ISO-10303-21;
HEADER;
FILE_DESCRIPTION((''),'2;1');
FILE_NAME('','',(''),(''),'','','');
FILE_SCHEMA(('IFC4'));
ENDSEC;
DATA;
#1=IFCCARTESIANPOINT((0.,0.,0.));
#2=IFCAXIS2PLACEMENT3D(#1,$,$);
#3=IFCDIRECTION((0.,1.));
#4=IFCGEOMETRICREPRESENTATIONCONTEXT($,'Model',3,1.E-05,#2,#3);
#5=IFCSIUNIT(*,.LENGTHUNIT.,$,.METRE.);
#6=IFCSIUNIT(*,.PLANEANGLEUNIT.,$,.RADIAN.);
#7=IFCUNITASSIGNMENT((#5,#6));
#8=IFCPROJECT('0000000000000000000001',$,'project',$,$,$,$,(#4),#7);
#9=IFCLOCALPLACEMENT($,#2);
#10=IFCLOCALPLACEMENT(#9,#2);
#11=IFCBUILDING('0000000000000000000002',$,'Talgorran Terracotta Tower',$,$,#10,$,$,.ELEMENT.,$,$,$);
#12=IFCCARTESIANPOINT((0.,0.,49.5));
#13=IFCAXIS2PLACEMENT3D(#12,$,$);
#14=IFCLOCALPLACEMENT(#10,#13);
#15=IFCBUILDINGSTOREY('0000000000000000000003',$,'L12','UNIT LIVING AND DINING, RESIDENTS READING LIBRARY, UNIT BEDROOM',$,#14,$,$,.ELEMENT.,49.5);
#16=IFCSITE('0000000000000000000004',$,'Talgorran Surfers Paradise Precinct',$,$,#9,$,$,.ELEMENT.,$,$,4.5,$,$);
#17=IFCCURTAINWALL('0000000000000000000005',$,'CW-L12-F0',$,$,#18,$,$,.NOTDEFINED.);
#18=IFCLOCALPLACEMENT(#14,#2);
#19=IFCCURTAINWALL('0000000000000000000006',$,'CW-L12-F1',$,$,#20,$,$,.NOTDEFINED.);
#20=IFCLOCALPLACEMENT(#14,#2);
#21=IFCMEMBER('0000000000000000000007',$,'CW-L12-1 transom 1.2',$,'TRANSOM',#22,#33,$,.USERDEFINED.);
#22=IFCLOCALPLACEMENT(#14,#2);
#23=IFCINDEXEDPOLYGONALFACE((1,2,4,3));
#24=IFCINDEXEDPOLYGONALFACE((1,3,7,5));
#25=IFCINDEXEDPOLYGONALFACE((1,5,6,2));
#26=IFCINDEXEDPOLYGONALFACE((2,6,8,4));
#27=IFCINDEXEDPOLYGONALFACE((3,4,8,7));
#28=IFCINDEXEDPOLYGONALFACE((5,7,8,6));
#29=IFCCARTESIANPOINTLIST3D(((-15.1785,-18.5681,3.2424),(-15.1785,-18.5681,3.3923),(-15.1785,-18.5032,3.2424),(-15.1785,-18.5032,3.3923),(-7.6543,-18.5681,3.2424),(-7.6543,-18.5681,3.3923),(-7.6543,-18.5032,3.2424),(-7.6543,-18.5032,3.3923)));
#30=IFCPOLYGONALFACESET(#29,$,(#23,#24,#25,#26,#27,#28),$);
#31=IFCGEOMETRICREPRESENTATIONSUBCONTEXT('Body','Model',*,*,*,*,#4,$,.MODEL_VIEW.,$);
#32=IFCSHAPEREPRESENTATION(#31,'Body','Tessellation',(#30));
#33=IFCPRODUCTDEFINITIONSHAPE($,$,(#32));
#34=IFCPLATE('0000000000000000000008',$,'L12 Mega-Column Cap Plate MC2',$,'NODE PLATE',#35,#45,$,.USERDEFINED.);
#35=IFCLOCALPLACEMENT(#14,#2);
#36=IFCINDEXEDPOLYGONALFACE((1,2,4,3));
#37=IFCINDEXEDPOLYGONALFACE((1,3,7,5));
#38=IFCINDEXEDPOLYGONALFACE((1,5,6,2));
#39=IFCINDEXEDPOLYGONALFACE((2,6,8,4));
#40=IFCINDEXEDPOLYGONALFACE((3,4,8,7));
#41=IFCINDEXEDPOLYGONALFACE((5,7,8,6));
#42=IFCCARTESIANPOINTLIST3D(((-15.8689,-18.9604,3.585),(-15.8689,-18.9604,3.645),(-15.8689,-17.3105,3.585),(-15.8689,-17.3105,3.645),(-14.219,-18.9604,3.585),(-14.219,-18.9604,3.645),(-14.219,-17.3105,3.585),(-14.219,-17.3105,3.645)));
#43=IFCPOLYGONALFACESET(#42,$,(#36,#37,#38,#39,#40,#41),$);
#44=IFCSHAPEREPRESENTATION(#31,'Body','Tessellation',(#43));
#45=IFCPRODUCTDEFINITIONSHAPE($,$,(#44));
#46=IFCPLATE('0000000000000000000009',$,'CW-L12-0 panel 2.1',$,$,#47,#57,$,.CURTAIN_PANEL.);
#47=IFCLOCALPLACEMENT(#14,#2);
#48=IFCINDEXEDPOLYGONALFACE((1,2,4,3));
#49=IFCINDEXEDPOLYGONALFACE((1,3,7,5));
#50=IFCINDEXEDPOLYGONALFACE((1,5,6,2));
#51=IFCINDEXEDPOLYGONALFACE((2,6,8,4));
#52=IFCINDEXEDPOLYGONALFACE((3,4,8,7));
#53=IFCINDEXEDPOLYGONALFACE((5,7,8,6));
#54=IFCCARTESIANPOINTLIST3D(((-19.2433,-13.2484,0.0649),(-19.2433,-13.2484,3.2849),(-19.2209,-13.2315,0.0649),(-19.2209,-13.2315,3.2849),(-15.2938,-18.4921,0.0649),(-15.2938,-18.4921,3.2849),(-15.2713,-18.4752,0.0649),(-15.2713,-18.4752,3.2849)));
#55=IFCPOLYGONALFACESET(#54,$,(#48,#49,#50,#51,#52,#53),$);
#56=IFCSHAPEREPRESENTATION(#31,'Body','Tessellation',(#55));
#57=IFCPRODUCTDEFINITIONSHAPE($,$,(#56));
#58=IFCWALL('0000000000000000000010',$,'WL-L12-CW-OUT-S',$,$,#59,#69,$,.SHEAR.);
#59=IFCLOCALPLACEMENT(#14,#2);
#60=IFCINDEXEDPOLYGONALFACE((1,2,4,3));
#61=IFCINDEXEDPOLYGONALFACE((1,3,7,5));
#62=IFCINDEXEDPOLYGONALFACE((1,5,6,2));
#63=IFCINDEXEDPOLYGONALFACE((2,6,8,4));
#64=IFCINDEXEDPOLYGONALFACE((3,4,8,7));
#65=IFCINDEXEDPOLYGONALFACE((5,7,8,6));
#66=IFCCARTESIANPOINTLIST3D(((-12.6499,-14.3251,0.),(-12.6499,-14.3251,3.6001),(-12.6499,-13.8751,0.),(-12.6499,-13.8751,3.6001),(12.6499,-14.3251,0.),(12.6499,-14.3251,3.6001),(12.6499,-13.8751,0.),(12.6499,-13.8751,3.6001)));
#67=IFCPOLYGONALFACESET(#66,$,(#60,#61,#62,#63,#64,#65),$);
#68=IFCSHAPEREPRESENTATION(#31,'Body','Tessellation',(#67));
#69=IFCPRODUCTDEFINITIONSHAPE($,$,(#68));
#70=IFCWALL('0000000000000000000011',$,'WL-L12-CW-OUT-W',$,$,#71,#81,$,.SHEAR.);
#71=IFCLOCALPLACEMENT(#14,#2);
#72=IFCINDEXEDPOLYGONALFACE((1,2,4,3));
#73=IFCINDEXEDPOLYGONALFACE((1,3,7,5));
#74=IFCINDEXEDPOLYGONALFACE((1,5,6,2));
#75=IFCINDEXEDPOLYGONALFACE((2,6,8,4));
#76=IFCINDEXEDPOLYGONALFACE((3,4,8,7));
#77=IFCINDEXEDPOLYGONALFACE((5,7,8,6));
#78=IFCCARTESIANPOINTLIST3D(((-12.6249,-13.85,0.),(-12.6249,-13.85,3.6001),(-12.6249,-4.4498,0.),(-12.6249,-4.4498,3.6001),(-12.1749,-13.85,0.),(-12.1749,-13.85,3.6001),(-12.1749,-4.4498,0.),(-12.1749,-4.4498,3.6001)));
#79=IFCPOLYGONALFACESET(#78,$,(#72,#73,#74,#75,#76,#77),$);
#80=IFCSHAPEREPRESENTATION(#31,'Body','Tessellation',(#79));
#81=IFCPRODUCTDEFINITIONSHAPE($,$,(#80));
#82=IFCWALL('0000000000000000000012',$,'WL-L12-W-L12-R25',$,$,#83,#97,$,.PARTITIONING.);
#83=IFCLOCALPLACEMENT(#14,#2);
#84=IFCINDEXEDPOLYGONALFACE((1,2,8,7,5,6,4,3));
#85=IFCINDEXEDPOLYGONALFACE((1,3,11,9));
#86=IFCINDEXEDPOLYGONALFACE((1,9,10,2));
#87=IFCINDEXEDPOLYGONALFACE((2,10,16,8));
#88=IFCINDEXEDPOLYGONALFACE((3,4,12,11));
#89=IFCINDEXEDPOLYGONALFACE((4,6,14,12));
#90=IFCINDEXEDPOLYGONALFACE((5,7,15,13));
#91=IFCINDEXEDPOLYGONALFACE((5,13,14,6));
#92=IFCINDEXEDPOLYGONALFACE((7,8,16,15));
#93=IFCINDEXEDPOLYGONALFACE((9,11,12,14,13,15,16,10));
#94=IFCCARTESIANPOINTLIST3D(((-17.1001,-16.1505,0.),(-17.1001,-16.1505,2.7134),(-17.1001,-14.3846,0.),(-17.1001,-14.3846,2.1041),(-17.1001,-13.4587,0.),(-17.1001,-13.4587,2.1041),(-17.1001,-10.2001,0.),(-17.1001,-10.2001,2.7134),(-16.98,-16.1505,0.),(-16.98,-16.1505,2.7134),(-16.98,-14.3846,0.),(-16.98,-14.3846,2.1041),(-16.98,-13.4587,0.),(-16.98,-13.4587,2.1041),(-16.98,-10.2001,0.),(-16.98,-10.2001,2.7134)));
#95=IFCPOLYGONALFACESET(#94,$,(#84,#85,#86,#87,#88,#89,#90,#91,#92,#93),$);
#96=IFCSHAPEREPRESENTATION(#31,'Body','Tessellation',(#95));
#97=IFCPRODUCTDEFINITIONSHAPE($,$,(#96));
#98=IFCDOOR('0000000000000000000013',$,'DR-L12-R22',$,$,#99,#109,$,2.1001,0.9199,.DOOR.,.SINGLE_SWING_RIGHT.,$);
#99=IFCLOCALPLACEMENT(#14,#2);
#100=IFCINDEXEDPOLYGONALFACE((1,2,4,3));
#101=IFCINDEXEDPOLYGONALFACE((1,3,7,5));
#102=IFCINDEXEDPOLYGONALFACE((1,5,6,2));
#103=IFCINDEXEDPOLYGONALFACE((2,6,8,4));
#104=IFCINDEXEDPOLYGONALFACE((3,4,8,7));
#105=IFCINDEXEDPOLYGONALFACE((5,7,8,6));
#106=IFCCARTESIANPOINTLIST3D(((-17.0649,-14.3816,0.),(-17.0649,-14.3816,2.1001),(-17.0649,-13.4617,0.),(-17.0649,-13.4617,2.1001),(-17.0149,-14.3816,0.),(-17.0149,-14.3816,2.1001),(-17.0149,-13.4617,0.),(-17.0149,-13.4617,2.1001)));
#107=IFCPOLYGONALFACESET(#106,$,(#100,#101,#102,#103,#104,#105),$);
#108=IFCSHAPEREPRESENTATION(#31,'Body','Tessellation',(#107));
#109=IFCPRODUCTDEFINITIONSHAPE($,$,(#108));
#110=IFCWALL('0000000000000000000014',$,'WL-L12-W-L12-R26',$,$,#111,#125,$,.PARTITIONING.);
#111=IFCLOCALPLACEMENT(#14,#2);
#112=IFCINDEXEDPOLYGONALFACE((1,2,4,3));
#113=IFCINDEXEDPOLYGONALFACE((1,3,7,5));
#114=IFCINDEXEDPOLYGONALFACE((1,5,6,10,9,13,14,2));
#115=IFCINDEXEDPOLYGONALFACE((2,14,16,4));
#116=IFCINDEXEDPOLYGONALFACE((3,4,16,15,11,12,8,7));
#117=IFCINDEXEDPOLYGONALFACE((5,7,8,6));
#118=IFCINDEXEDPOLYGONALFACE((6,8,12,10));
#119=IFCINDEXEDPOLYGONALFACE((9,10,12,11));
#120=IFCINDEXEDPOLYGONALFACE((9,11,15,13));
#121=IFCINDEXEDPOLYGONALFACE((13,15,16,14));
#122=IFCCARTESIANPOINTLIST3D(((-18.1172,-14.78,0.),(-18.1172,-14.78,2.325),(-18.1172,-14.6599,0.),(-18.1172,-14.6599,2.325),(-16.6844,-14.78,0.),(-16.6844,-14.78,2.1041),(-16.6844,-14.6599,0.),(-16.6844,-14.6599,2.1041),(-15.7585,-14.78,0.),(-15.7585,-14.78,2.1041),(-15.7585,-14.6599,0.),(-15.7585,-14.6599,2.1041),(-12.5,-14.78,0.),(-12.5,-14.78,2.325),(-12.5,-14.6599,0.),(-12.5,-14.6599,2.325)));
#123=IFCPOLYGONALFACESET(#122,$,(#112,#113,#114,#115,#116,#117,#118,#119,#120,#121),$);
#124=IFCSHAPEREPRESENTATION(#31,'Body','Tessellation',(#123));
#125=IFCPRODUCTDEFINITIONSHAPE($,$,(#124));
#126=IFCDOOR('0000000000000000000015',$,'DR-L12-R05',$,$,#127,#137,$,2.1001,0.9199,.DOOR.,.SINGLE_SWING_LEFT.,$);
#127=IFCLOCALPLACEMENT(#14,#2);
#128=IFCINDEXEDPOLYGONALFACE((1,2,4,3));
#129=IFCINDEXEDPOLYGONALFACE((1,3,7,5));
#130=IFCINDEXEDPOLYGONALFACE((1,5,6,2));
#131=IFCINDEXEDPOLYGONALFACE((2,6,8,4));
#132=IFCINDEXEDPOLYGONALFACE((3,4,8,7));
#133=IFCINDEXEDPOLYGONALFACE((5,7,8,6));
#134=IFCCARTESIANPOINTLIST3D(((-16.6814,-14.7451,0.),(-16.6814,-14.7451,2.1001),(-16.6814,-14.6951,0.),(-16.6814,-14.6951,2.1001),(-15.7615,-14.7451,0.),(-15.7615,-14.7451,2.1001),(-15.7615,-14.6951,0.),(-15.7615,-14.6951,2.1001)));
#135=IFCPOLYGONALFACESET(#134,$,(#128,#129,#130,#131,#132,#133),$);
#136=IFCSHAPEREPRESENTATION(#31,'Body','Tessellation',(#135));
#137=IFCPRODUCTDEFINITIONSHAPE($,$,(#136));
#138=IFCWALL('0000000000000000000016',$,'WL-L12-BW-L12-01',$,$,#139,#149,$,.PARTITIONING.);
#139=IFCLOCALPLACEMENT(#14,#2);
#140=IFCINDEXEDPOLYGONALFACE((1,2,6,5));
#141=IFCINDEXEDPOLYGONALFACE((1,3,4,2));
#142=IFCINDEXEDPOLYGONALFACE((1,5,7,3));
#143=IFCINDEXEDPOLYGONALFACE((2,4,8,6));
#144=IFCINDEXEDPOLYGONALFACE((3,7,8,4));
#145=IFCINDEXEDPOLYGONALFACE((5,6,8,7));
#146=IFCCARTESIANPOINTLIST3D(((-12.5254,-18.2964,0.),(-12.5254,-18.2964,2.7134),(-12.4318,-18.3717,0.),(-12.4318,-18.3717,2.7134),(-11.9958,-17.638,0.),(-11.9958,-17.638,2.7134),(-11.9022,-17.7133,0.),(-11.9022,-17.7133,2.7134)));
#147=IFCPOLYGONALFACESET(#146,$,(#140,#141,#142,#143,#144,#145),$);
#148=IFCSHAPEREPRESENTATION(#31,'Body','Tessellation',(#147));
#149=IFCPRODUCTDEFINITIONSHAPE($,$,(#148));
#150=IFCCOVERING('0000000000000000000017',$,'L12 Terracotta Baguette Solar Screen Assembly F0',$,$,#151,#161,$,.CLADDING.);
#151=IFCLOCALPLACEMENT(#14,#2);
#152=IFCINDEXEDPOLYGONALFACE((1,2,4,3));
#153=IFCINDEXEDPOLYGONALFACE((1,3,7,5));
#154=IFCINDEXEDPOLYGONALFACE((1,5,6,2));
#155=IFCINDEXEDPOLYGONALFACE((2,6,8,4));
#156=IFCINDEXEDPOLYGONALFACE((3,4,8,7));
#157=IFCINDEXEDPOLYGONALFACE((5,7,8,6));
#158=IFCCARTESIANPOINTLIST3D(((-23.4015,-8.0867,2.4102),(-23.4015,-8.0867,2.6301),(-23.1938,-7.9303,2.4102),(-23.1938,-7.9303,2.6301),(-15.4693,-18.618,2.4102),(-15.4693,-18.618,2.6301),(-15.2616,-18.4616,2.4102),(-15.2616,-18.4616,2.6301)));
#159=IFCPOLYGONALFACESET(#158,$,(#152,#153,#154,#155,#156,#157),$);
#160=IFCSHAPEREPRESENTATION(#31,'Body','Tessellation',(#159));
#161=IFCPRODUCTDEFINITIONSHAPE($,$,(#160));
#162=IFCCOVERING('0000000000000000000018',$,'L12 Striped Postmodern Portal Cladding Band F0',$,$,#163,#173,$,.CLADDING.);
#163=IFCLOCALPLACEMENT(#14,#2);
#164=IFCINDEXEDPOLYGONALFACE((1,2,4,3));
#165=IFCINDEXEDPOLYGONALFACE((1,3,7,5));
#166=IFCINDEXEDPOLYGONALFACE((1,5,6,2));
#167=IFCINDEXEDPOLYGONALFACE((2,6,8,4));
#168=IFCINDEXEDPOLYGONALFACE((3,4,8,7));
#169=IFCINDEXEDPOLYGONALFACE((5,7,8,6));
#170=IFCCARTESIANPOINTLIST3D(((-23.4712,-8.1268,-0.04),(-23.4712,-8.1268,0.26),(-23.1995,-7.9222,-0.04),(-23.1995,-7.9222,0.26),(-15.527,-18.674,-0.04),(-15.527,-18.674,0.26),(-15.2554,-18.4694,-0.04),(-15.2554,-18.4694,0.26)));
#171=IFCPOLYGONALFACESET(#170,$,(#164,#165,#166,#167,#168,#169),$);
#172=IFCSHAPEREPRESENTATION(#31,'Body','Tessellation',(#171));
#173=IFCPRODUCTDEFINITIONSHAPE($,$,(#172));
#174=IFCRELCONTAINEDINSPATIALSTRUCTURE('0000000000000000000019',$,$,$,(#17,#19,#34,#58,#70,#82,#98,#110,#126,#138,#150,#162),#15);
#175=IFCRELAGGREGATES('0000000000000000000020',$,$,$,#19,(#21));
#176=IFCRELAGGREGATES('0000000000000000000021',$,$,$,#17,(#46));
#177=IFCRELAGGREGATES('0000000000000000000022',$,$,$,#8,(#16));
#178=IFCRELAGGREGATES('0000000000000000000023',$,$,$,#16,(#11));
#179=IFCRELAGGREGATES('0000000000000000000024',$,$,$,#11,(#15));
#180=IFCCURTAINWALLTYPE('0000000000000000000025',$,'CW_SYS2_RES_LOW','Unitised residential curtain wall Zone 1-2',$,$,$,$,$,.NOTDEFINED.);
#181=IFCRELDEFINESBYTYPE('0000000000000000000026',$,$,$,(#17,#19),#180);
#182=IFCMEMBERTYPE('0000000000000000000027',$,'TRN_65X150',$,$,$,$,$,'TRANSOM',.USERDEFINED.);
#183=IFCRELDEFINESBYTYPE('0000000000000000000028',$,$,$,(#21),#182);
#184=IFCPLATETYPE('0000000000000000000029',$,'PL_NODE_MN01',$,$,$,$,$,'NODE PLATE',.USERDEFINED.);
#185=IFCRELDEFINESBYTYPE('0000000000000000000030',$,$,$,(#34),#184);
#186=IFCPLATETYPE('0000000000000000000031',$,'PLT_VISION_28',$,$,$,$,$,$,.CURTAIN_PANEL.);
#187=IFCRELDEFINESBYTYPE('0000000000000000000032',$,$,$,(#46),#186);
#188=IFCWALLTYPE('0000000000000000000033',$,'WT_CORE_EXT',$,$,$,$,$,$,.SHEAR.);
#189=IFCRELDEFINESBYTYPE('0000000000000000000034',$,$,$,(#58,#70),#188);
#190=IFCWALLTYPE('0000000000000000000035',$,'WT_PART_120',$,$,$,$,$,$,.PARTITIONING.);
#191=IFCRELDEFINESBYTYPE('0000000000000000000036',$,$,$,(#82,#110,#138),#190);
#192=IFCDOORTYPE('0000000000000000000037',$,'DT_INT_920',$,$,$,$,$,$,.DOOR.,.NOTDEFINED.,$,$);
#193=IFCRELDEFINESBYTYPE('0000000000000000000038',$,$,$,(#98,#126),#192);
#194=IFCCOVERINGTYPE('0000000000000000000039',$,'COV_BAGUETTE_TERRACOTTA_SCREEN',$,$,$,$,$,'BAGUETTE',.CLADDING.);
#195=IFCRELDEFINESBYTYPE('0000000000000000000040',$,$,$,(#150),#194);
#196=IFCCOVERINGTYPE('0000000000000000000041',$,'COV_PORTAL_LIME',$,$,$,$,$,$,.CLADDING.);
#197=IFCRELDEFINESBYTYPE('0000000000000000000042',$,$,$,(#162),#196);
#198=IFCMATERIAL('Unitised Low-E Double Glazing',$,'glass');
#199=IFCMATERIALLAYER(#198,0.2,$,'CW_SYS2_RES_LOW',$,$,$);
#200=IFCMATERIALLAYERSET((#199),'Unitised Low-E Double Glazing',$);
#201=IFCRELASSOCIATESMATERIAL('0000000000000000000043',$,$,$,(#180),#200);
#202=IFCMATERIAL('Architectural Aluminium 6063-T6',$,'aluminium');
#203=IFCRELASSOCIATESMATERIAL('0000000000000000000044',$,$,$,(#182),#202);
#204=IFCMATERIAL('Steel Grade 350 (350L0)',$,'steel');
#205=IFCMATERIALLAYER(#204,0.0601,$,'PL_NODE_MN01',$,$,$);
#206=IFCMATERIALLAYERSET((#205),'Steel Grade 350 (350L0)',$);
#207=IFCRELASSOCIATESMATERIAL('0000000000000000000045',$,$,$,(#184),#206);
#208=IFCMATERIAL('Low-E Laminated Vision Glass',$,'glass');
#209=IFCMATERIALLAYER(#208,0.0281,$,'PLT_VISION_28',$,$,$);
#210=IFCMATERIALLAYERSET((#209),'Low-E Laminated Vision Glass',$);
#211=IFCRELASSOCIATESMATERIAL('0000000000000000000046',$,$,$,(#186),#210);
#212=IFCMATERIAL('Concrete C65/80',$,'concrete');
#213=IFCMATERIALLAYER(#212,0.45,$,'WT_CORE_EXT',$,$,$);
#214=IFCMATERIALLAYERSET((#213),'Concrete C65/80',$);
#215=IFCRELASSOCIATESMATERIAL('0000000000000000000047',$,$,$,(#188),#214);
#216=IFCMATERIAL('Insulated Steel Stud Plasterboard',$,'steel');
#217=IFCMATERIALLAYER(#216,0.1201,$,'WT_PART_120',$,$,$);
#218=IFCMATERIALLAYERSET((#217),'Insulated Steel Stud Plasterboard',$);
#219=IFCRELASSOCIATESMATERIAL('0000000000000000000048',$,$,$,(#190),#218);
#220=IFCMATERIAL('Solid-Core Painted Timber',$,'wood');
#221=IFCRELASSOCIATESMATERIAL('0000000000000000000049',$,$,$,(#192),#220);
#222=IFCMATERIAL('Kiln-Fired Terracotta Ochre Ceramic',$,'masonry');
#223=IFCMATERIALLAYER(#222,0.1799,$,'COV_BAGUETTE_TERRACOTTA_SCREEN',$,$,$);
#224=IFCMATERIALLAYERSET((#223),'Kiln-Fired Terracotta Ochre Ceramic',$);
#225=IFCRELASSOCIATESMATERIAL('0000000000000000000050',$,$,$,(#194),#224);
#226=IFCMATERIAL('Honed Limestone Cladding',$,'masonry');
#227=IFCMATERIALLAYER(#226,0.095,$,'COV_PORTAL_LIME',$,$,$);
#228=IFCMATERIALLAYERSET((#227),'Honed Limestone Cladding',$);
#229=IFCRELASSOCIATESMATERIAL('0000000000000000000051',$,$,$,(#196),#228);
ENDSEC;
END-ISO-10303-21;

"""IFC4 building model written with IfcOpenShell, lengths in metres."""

from ifc_helpers import new_model, si_unit, direction, frame, frame_2d, origin, origin_2d, place, context, subcontext, project, spatial, rectangle, extrude, source, transform, mapped, material, layer, layer_set, material_profile, profile_set, type_object, type_shapes, element, fill, aggregate, save


model = new_model("IFC4")

# Units and contexts
model_context = context("Model", 3, precision=1e-05, world=origin(), true_north=direction((0.0, 1.0)))
body_context = subcontext(model_context, "Body", "Model", "MODEL_VIEW")
ifc_project = project(units=[si_unit("LENGTHUNIT", "METRE"), si_unit("PLANEANGLEUNIT", "RADIAN")], contexts=[model_context])

# Site, building, storey
site_placement = place(None, origin())
site = spatial("IfcSite", under=ifc_project, at=site_placement, Name="Talgorran Surfers Paradise Precinct", CompositionType="ELEMENT", RefElevation=4.5)
building_placement = place(site_placement, origin())
building = spatial("IfcBuilding", under=site, at=building_placement, Name="Talgorran Terracotta Tower", CompositionType="ELEMENT")
storey_placement = place(building_placement, frame((0.0, 0.0, 49.5)))
storey = spatial("IfcBuildingStorey", under=building, at=storey_placement, Name="L12", Description="UNIT LIVING AND DINING, RESIDENTS READING LIBRARY, UNIT BEDROOM", CompositionType="ELEMENT", Elevation=49.5)

# Shared definitions
ifc_material_1 = material(Name="Steel Grade 350 (350L0)", Category="steel")

# Curtain walls
ifc_material_2 = material(Name="Unitised Low-E Double Glazing", Category="glass")
ifc_layer_1 = layer(ifc_material_2, 0.2, Name="CW_SYS2_RES_LOW")
ifc_layer_set_1 = layer_set([ifc_layer_1], Name="Unitised Low-E Double Glazing")
curtain_wall_type = type_object("IfcCurtainWallType", Name="CW_SYS2_RES_LOW", Description="Unitised residential curtain wall Zone 1-2", PredefinedType="NOTDEFINED", material=ifc_layer_set_1)
curtain_wall_1_placement = place(storey_placement, origin())
curtain_wall_1 = element("IfcCurtainWall", 1, at=curtain_wall_1_placement, inside=storey, type_object=curtain_wall_type, Name="CW-L12-F0", PredefinedType="NOTDEFINED")
ifc_material_3 = material(Name="Architectural Aluminium 6063-T6", Category="aluminium")
curtain_wall_2_placement = place(storey_placement, origin())
curtain_wall_2 = element("IfcCurtainWall", 2, at=curtain_wall_2_placement, inside=storey, type_object=curtain_wall_type, Name="CW-L12-F1", PredefinedType="NOTDEFINED")

# Member
ifc_material_profile_1 = material_profile(ifc_material_3, rectangle(XDim=0.0649, YDim=0.1499, at=origin_2d()), Name="CWT65X150")
ifc_profile_set_1 = profile_set([ifc_material_profile_1], Name="Architectural Aluminium 6063-T6")
member_type_1 = type_object("IfcMemberType", Name="TRN_65X150", ElementType="TRANSOM", PredefinedType="USERDEFINED", material=ifc_profile_set_1)
member_1_placement = place(storey_placement, frame((-15.1785, -18.5356, 3.3174), z_axis=(1.0, 0.0, 0.0), x_axis=(0.0, 1.0, 0.0)))
member_1 = element("IfcMember", 3, at=member_1_placement, type_object=member_type_1, Name="CW-L12-1 transom 1.2", ObjectType="TRANSOM", PredefinedType="USERDEFINED", context=body_context, shape_type="SweptSolid", body=[
    extrude(rectangle(XDim=0.0649, YDim=0.1499, at=origin_2d()), origin(), (0.0, 0.0, 1.0), 7.5242),
])
aggregate(curtain_wall_2, [member_1])

# Plates
ifc_layer_2 = layer(ifc_material_1, 0.0601, Name="PL_NODE_MN01")
ifc_layer_set_2 = layer_set([ifc_layer_2], Name="Steel Grade 350 (350L0)")
plate_type_1 = type_object("IfcPlateType", Name="PL_NODE_MN01", ElementType="NODE PLATE", PredefinedType="USERDEFINED", material=ifc_layer_set_2)
plate_1_placement = place(storey_placement, frame((-15.0439, -18.1355, 3.585), z_axis=(0.0, 0.0, 1.0), x_axis=(1.0, 0.0, 0.0)))
element("IfcPlate", 4, at=plate_1_placement, inside=storey, type_object=plate_type_1, Name="L12 Mega-Column Cap Plate MC2", ObjectType="NODE PLATE", PredefinedType="USERDEFINED", context=body_context, shape_type="SweptSolid", body=[
    extrude(rectangle(XDim=1.6499, YDim=1.6499, at=origin_2d()), origin(), (0.0, 0.0, 1.0), 0.0601),
])
ifc_material_4 = material(Name="Low-E Laminated Vision Glass", Category="glass")
ifc_layer_3 = layer(ifc_material_4, 0.0281, Name="PLT_VISION_28")
ifc_layer_set_3 = layer_set([ifc_layer_3], Name="Low-E Laminated Vision Glass")
plate_type_2 = type_object("IfcPlateType", Name="PLT_VISION_28", PredefinedType="CURTAIN_PANEL", material=ifc_layer_set_3)
shared_shape = source(origin(), body_context, "Body", "SweptSolid", [
    extrude(rectangle(XDim=6.5647, YDim=0.0281, at=origin_2d()), origin(), (0.0, 0.0, 1.0), 3.22),
])
type_shapes(plate_type_2, [shared_shape])
plate_2_placement = place(storey_placement, frame((-17.2573, -15.8618, 0.0649), z_axis=(0.0, 0.0, 1.0), x_axis=(0.601632, -0.798774, 0.0)))
plate_2 = element("IfcPlate", 5, at=plate_2_placement, type_object=plate_type_2, Name="CW-L12-0 panel 2.1", PredefinedType="CURTAIN_PANEL", context=body_context, shape_type="MappedRepresentation", body=[
    mapped(shared_shape, transform((0.0, 0.0, 0.0), scale=1.0)),
])
aggregate(curtain_wall_1, [plate_2])

# Walls
ifc_material_5 = material(Name="Concrete C65/80", Category="concrete")
ifc_layer_4 = layer(ifc_material_5, 0.45, Name="WT_CORE_EXT")
ifc_layer_set_4 = layer_set([ifc_layer_4], Name="Concrete C65/80")
wall_type_1 = type_object("IfcWallType", Name="WT_CORE_EXT", PredefinedType="SHEAR", material=ifc_layer_set_4)
wall_1_placement = place(storey_placement, frame((-12.6499, -14.1001, 0.0), z_axis=(0.0, 0.0, 1.0), x_axis=(1.0, 0.0, 0.0)))
element("IfcWall", 6, at=wall_1_placement, inside=storey, type_object=wall_type_1, Name="WL-L12-CW-OUT-S", PredefinedType="SHEAR", context=body_context, shape_type="SweptSolid", body=[
    extrude(rectangle(XDim=25.2998, YDim=0.45, at=frame_2d((12.6499, 0.0))), origin(), (0.0, 0.0, 1.0), 3.6001),
])
wall_2_placement = place(storey_placement, frame((-12.3999, -13.8501, 0.0), z_axis=(0.0, 0.0, 1.0), x_axis=(0.0, 1.0, 0.0)))
element("IfcWall", 7, at=wall_2_placement, inside=storey, type_object=wall_type_1, Name="WL-L12-CW-OUT-W", PredefinedType="SHEAR", context=body_context, shape_type="SweptSolid", body=[
    extrude(rectangle(XDim=9.4001, YDim=0.45, at=frame_2d((4.7002, 0.0))), origin(), (0.0, 0.0, 1.0), 3.6001),
])

# Walls, openings, doors
ifc_material_6 = material(Name="Insulated Steel Stud Plasterboard", Category="steel")
ifc_layer_5 = layer(ifc_material_6, 0.1201, Name="WT_PART_120")
ifc_layer_set_5 = layer_set([ifc_layer_5], Name="Insulated Steel Stud Plasterboard")
wall_type_2 = type_object("IfcWallType", Name="WT_PART_120", PredefinedType="PARTITIONING", material=ifc_layer_set_5)
wall_3_placement = place(storey_placement, frame((-17.04, -16.1504, 0.0), z_axis=(0.0, 0.0, 1.0), x_axis=(0.0, 1.0, 0.0)))
wall_3 = element("IfcWall", 8, at=wall_3_placement, inside=storey, type_object=wall_type_2, Name="WL-L12-W-L12-R25", PredefinedType="PARTITIONING", context=body_context, shape_type="SweptSolid", body=[
    extrude(rectangle(XDim=5.9504, YDim=0.1201, at=frame_2d((2.9751, 0.0))), origin(), (0.0, 0.0, 1.0), 2.7134),
])
opening_1_placement = place(wall_3_placement, frame((1.7688, 0.0, 0.0)))
opening_1 = element("IfcOpeningElement", 9, at=opening_1_placement, cuts=wall_3, PredefinedType="OPENING", context=body_context, shape_type="SweptSolid", body=[
    extrude(rectangle(XDim=0.9259, YDim=2.1041, at=frame_2d((0.46, 1.052))), frame((0.0, 0.0701, 0.0), z_axis=(0.0, -1.0, 0.0), x_axis=(1.0, 0.0, 0.0)), (0.0, 0.0, 1.0), 0.1401),
])
ifc_material_7 = material(Name="Solid-Core Painted Timber", Category="wood")
door_type = type_object("IfcDoorType", Name="DT_INT_920", OperationType="NOTDEFINED", PredefinedType="DOOR", material=ifc_material_7)
door_1_placement = place(opening_1_placement, origin())
door_1 = element("IfcDoor", 10, at=door_1_placement, inside=storey, type_object=door_type, Name="DR-L12-R22", OperationType="SINGLE_SWING_RIGHT", OverallHeight=2.1001, OverallWidth=0.9199, PredefinedType="DOOR", context=body_context, shape_type="SweptSolid", body=[
    extrude(rectangle(XDim=0.9199, YDim=2.1001, at=frame_2d((0.46, 1.05))), frame((0.0, 0.0249, 0.0), z_axis=(0.0, -1.0, 0.0), x_axis=(1.0, 0.0, 0.0)), (0.0, 0.0, 1.0), 0.05),
])
fill(opening_1, door_1)
wall_4_placement = place(storey_placement, frame((-18.1172, -14.72, 0.0), z_axis=(0.0, 0.0, 1.0), x_axis=(1.0, 0.0, 0.0)))
wall_4 = element("IfcWall", 11, at=wall_4_placement, inside=storey, type_object=wall_type_2, Name="WL-L12-W-L12-R26", PredefinedType="PARTITIONING", context=body_context, shape_type="SweptSolid", body=[
    extrude(rectangle(XDim=5.6172, YDim=0.1201, at=frame_2d((2.8086, 0.0))), origin(), (0.0, 0.0, 1.0), 2.325),
])
opening_2_placement = place(wall_4_placement, frame((1.4358, 0.0, 0.0)))
opening_2 = element("IfcOpeningElement", 12, at=opening_2_placement, cuts=wall_4, PredefinedType="OPENING", context=body_context, shape_type="SweptSolid", body=[
    extrude(rectangle(XDim=0.9259, YDim=2.1041, at=frame_2d((0.46, 1.052))), frame((0.0, 0.0701, 0.0), z_axis=(0.0, -1.0, 0.0), x_axis=(1.0, 0.0, 0.0)), (0.0, 0.0, 1.0), 0.1401),
])
door_2_placement = place(opening_2_placement, origin())
door_2 = element("IfcDoor", 13, at=door_2_placement, inside=storey, type_object=door_type, Name="DR-L12-R05", OperationType="SINGLE_SWING_LEFT", OverallHeight=2.1001, OverallWidth=0.9199, PredefinedType="DOOR", context=body_context, shape_type="SweptSolid", body=[
    extrude(rectangle(XDim=0.9199, YDim=2.1001, at=frame_2d((0.46, 1.05))), frame((0.0, 0.0249, 0.0), z_axis=(0.0, -1.0, 0.0), x_axis=(1.0, 0.0, 0.0)), (0.0, 0.0, 1.0), 0.05),
])
fill(opening_2, door_2)

# Wall
wall_5_placement = place(storey_placement, frame((-12.4785, -18.334, 0.0), z_axis=(0.0, 0.0, 1.0), x_axis=(0.626701, 0.779259, 0.0)))
element("IfcWall", 14, at=wall_5_placement, inside=storey, type_object=wall_type_2, Name="WL-L12-BW-L12-01", PredefinedType="PARTITIONING", context=body_context, shape_type="SweptSolid", body=[
    extrude(rectangle(XDim=0.845, YDim=0.1201, at=frame_2d((0.4224, 0.0))), origin(), (0.0, 0.0, 1.0), 2.7134),
])

# Coverings
ifc_material_8 = material(Name="Kiln-Fired Terracotta Ochre Ceramic", Category="masonry")
ifc_layer_6 = layer(ifc_material_8, 0.1799, Name="COV_BAGUETTE_TERRACOTTA_SCREEN")
ifc_layer_set_6 = layer_set([ifc_layer_6], Name="Kiln-Fired Terracotta Ochre Ceramic")
covering_type_1 = type_object("IfcCoveringType", Name="COV_BAGUETTE_TERRACOTTA_SCREEN", ElementType="BAGUETTE", PredefinedType="CLADDING", material=ifc_layer_set_6)
covering_1_placement = place(storey_placement, frame((-19.3315, -13.2742, 2.4102), z_axis=(0.0, 0.0, 1.0), x_axis=(0.601634, -0.798772, 0.0)))
element("IfcCovering", 15, at=covering_1_placement, inside=storey, type_object=covering_type_1, Name="L12 Terracotta Baguette Solar Screen Assembly F0", PredefinedType="CLADDING", context=body_context, shape_type="SweptSolid", body=[
    extrude(rectangle(XDim=13.1843, YDim=0.26, at=origin_2d()), origin(), (0.0, 0.0, 1.0), 0.22),
])
ifc_material_9 = material(Name="Honed Limestone Cladding", Category="masonry")
ifc_layer_7 = layer(ifc_material_9, 0.095, Name="COV_PORTAL_LIME")
ifc_layer_set_7 = layer_set([ifc_layer_7], Name="Honed Limestone Cladding")
covering_type_2 = type_object("IfcCoveringType", Name="COV_PORTAL_LIME", PredefinedType="CLADDING", material=ifc_layer_set_7)
covering_2_placement = place(storey_placement, frame((-19.3633, -13.2981, -0.04), z_axis=(0.0, 0.0, 1.0), x_axis=(0.601634, -0.798772, 0.0)))
element("IfcCovering", 16, at=covering_2_placement, inside=storey, type_object=covering_type_2, Name="L12 Striped Postmodern Portal Cladding Band F0", PredefinedType="CLADDING", context=body_context, shape_type="SweptSolid", body=[
    extrude(rectangle(XDim=13.2043, YDim=0.3401, at=origin_2d()), origin(), (0.0, 0.0, 1.0), 0.3),
])

save(model, "model.ifc")
